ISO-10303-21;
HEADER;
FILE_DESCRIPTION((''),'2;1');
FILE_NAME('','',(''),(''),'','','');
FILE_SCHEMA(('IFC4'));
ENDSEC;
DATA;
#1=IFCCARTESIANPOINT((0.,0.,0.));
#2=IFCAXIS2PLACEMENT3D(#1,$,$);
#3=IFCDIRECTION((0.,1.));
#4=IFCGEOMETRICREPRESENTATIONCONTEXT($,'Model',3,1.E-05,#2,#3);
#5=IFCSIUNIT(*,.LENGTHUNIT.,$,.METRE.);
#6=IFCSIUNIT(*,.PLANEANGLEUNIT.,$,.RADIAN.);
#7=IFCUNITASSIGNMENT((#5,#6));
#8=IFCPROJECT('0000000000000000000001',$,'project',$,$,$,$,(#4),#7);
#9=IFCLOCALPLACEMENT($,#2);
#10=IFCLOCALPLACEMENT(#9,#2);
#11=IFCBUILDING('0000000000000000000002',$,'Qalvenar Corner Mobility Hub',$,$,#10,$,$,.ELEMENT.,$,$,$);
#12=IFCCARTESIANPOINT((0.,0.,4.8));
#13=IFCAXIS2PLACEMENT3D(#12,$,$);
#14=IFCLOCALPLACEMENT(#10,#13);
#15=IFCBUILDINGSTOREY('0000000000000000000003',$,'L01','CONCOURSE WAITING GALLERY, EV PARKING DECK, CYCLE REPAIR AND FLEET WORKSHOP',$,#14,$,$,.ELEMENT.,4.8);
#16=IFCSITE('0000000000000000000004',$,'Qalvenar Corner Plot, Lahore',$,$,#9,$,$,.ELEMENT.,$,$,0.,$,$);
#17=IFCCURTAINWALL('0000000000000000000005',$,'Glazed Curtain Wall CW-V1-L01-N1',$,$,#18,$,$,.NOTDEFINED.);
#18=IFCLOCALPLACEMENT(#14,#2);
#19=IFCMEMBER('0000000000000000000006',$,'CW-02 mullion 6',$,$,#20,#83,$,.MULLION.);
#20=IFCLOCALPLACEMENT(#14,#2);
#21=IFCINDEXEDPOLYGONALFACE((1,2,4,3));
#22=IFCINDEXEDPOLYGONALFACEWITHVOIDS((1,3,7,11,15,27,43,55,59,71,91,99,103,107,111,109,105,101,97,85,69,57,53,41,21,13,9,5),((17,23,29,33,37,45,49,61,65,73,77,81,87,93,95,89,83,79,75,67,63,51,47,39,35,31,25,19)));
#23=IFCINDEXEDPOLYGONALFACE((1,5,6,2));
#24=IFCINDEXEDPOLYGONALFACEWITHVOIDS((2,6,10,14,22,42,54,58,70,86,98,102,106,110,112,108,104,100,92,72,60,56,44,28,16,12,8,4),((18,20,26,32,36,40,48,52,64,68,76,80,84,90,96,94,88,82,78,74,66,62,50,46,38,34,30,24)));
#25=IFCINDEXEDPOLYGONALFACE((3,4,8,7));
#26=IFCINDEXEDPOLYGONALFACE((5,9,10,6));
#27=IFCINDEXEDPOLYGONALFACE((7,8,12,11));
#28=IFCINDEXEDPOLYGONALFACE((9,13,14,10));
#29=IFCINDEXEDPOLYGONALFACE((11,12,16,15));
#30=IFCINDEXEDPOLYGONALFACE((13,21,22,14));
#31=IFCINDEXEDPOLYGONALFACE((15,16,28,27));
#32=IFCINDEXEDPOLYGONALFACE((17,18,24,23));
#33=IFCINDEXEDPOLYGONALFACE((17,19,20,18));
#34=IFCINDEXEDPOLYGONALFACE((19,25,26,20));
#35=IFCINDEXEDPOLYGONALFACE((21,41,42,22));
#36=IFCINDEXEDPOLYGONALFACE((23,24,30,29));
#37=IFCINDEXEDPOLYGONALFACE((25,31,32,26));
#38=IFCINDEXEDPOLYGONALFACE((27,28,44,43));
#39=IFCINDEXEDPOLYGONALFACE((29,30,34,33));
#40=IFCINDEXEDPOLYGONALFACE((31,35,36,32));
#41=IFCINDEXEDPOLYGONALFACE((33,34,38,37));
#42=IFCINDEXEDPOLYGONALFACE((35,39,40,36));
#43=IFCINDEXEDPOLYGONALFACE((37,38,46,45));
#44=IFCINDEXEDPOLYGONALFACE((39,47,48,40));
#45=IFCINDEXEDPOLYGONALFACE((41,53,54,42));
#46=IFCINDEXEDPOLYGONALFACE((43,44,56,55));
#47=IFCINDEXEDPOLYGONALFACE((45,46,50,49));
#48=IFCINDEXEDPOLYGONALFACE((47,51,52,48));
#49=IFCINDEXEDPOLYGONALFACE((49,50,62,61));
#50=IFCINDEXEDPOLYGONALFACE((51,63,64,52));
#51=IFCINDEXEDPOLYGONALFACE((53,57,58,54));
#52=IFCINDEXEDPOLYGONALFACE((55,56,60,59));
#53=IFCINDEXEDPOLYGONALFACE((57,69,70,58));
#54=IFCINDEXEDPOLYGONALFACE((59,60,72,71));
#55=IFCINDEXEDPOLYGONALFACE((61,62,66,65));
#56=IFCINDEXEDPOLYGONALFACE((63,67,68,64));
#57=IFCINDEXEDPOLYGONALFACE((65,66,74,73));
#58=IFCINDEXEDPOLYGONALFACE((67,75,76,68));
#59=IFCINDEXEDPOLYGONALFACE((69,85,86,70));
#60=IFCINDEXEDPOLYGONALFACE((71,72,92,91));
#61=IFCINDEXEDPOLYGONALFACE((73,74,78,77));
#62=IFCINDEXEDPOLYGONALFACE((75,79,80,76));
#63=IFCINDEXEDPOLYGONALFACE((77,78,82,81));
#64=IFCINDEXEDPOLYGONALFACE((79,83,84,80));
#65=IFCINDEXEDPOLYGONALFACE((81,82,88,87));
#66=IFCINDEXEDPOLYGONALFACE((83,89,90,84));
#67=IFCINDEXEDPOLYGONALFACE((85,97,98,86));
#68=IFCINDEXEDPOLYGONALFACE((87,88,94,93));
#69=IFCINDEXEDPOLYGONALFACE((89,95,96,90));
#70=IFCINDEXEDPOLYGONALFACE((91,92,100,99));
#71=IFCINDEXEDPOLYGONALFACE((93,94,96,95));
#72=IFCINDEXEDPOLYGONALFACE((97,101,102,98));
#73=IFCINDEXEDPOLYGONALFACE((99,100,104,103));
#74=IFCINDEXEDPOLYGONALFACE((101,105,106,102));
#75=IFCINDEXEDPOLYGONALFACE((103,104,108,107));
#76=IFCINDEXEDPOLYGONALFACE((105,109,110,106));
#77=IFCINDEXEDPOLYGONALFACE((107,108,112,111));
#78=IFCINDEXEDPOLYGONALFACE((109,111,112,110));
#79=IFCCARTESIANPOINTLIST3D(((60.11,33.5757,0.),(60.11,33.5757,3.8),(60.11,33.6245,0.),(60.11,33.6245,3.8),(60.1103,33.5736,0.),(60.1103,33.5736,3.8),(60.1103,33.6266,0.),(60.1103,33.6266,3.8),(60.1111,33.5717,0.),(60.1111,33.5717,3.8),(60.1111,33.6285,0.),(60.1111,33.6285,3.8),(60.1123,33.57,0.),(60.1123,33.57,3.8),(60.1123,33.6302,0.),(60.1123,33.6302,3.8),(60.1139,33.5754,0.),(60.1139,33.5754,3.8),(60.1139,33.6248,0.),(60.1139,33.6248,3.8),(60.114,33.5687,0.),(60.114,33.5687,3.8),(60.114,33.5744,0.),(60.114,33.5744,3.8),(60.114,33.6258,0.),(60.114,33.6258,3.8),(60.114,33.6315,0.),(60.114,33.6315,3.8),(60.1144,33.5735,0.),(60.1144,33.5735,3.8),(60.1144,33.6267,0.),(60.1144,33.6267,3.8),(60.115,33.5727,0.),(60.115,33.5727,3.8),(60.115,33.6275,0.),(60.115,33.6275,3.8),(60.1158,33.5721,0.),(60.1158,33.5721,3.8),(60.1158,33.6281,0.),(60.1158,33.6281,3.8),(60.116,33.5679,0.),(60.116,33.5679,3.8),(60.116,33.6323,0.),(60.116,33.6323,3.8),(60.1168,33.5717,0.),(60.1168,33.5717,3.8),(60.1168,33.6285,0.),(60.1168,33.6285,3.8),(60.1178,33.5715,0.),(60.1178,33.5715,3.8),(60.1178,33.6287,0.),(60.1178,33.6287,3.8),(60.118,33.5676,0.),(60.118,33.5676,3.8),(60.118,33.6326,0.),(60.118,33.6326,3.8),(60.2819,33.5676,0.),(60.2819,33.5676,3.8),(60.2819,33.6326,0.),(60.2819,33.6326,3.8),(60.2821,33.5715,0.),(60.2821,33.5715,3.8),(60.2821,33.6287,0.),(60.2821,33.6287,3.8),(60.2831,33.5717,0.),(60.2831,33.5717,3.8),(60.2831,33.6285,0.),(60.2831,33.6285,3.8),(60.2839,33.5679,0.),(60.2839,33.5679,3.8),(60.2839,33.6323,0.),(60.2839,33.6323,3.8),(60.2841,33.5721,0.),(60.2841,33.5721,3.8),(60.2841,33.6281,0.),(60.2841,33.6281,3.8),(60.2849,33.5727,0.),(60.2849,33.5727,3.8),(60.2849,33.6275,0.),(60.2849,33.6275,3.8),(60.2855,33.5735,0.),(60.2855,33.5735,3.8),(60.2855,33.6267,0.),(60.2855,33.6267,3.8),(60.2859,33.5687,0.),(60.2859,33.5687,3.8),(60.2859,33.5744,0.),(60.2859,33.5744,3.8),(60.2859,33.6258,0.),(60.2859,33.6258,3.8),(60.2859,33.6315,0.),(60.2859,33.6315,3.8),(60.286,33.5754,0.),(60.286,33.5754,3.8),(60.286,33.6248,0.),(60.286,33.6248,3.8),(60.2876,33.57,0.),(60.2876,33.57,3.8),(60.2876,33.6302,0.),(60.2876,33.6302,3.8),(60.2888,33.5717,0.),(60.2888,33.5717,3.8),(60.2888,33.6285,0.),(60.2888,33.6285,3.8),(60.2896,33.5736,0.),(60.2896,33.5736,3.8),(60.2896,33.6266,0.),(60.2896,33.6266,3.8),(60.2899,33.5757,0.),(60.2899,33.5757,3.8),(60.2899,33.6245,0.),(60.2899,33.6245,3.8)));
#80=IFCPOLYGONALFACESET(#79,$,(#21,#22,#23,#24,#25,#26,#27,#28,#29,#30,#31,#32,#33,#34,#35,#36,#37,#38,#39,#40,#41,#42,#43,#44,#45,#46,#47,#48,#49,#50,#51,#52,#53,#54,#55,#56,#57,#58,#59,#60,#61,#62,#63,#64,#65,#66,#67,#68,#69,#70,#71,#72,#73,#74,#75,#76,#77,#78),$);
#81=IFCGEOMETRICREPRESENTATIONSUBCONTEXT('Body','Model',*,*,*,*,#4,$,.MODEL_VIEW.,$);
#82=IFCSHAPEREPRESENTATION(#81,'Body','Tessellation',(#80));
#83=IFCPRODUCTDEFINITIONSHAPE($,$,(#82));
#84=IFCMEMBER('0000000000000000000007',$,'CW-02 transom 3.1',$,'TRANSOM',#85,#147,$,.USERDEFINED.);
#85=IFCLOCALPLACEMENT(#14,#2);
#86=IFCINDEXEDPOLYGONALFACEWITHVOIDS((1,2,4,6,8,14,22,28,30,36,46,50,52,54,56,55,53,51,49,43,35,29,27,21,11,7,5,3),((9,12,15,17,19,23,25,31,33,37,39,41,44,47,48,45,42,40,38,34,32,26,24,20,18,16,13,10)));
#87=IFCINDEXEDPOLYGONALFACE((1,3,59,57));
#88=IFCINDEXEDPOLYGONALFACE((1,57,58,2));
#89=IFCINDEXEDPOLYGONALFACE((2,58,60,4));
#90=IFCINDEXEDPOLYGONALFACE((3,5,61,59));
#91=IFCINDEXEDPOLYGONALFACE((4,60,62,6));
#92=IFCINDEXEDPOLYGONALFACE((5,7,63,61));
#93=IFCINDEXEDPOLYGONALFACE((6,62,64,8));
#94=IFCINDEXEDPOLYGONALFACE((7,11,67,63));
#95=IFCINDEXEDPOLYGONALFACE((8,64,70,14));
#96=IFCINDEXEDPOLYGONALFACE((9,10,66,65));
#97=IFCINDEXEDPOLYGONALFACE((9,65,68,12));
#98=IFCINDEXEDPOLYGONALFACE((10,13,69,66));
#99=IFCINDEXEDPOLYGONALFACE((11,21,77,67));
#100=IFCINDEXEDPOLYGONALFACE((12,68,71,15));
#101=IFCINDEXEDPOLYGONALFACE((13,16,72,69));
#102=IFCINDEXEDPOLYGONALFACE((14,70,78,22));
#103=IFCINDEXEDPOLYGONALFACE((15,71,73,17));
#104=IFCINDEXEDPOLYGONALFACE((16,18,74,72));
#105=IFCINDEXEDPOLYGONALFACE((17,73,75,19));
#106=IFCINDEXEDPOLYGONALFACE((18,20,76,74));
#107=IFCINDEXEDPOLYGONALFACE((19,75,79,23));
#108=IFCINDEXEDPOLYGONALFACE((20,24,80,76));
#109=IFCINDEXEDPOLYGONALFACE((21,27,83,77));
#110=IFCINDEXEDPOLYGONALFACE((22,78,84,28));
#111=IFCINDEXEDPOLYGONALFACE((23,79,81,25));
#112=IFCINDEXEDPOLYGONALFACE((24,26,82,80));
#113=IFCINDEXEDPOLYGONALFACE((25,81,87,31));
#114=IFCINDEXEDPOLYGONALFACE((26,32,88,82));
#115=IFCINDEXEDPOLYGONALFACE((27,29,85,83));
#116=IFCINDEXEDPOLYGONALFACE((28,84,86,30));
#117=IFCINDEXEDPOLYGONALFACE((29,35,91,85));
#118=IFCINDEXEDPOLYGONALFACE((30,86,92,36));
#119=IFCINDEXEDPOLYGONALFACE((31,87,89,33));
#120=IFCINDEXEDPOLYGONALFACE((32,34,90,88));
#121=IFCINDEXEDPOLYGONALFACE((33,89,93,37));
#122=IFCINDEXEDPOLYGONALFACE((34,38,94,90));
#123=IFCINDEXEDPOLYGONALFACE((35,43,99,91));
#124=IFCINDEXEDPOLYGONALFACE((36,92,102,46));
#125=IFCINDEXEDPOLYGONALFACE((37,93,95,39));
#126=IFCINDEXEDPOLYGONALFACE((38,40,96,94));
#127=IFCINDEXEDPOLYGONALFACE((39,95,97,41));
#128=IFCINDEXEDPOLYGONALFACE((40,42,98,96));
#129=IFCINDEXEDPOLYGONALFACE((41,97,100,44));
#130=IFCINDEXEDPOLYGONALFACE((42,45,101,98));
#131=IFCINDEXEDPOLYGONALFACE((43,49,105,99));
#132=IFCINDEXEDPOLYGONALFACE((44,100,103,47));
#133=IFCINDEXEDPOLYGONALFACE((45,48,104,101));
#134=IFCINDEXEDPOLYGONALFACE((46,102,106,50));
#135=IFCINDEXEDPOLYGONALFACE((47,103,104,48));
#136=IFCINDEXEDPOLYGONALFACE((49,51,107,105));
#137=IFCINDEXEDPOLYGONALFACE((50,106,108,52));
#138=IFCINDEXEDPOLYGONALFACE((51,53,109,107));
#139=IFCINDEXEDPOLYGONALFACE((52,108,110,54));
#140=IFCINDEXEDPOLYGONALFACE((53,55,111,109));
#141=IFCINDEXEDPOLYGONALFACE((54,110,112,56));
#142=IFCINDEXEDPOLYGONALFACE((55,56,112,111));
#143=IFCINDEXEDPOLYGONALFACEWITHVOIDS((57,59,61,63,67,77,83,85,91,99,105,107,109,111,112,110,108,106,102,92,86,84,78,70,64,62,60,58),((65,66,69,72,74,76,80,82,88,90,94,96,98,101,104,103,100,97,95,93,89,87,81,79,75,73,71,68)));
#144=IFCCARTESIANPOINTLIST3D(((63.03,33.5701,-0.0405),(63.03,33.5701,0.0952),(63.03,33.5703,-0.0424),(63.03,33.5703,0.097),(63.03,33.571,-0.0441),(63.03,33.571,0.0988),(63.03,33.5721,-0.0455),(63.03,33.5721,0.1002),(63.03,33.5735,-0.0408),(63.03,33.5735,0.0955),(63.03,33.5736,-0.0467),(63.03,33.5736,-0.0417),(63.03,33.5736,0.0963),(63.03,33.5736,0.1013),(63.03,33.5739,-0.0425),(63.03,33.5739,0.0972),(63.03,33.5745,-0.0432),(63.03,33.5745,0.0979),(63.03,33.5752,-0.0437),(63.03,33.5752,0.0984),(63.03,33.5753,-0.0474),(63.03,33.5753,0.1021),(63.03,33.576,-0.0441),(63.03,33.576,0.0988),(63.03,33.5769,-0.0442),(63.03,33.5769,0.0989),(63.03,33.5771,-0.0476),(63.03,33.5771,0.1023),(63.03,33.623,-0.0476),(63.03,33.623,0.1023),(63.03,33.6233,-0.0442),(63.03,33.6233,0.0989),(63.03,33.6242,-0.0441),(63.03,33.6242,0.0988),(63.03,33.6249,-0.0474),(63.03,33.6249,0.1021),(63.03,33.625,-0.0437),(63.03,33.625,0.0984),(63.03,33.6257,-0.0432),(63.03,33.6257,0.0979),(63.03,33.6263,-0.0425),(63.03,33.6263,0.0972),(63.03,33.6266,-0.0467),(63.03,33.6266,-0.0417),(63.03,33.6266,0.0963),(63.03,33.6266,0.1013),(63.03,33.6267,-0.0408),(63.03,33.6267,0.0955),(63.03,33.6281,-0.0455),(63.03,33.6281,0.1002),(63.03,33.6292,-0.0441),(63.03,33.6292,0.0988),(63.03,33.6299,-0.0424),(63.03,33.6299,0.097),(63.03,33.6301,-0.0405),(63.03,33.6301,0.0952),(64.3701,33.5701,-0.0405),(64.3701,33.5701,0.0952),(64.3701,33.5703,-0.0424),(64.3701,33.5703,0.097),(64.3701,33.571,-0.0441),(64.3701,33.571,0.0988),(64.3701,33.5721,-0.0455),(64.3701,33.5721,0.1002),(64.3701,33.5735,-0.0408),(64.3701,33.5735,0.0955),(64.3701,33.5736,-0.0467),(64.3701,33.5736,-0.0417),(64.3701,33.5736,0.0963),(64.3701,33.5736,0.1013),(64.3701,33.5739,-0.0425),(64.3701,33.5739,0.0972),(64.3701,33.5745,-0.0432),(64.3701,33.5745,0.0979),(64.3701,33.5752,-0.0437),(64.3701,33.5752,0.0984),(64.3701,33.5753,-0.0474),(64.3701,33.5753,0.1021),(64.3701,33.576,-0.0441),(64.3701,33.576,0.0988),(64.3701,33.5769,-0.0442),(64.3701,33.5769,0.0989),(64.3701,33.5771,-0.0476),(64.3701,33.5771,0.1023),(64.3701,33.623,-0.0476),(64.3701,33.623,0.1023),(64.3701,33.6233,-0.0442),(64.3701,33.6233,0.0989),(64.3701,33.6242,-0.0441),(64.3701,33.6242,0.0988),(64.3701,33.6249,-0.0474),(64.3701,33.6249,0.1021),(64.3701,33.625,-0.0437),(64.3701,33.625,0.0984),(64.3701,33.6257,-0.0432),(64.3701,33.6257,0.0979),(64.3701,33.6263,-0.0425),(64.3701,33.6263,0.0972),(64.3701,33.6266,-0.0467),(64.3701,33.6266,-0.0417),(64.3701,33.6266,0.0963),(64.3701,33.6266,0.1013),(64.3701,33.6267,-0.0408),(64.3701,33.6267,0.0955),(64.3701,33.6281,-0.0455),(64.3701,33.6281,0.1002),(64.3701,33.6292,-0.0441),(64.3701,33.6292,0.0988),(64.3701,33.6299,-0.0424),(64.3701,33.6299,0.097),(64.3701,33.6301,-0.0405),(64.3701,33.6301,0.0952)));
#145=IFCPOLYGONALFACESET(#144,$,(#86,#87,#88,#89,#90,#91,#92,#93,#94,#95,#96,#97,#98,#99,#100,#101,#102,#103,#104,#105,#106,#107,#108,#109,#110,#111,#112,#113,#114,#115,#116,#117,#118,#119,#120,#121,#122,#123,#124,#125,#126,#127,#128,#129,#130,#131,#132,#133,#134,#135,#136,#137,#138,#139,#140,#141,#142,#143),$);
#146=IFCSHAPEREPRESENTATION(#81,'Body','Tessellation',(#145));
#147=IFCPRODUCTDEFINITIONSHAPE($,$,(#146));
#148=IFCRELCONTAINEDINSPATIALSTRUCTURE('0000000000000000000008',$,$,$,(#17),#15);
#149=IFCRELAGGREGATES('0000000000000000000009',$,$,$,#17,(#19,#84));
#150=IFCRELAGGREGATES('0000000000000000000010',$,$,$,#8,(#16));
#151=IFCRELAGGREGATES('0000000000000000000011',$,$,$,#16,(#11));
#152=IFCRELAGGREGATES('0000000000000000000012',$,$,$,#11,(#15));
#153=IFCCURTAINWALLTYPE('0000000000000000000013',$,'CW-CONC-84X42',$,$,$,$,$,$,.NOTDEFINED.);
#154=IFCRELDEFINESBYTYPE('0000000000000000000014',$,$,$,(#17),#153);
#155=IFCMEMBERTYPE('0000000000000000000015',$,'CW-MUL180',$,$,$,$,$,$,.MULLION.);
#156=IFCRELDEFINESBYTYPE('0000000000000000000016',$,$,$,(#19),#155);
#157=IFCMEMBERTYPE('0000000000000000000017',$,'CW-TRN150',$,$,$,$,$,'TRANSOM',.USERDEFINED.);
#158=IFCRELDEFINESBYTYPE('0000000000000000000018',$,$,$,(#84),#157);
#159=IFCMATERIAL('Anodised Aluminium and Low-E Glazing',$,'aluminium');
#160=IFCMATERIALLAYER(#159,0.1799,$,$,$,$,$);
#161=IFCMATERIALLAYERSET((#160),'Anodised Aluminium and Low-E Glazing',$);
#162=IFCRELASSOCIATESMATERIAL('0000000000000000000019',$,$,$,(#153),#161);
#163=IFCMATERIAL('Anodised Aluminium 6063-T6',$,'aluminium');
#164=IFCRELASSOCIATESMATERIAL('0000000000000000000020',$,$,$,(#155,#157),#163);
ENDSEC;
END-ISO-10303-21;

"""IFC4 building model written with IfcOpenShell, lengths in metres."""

from ifc_helpers import new_model, si_unit, direction, frame, origin, origin_2d, place, context, subcontext, project, spatial, hollow_rectangle, extrude, material, layer, layer_set, material_profile, profile_set, type_object, element, aggregate, save


model = new_model("IFC4")

# Units and contexts
model_context = context("Model", 3, precision=1e-05, world=origin(), true_north=direction((0.0, 1.0)))
body_context = subcontext(model_context, "Body", "Model", "MODEL_VIEW")
ifc_project = project(units=[si_unit("LENGTHUNIT", "METRE"), si_unit("PLANEANGLEUNIT", "RADIAN")], contexts=[model_context])

# Site, building, storey
site_placement = place(None, origin())
site = spatial("IfcSite", under=ifc_project, at=site_placement, Name="Qalvenar Corner Plot, Lahore", CompositionType="ELEMENT", RefElevation=0.0)
building_placement = place(site_placement, origin())
building = spatial("IfcBuilding", under=site, at=building_placement, Name="Qalvenar Corner Mobility Hub", CompositionType="ELEMENT")
storey_placement = place(building_placement, frame((0.0, 0.0, 4.8)))
storey = spatial("IfcBuildingStorey", under=building, at=storey_placement, Name="L01", Description="CONCOURSE WAITING GALLERY, EV PARKING DECK, CYCLE REPAIR AND FLEET WORKSHOP", CompositionType="ELEMENT", Elevation=4.8)

# Curtain wall, members
ifc_material_1 = material(Name="Anodised Aluminium and Low-E Glazing", Category="aluminium")
ifc_layer_1 = layer(ifc_material_1, 0.1799)
ifc_layer_set_1 = layer_set([ifc_layer_1], Name="Anodised Aluminium and Low-E Glazing")
curtain_wall_type = type_object("IfcCurtainWallType", Name="CW-CONC-84X42", PredefinedType="NOTDEFINED", material=ifc_layer_set_1)
curtain_wall_placement = place(storey_placement, origin())
curtain_wall = element("IfcCurtainWall", 1, at=curtain_wall_placement, inside=storey, type_object=curtain_wall_type, Name="Glazed Curtain Wall CW-V1-L01-N1", PredefinedType="NOTDEFINED")
ifc_material_2 = material(Name="Anodised Aluminium 6063-T6", Category="aluminium")
ifc_material_profile_1 = material_profile(ifc_material_2, hollow_rectangle(XDim=0.0649, YDim=0.1799, WallThickness=0.0039, InnerFilletRadius=0.0039, OuterFilletRadius=0.0081, at=origin_2d()), Name="RHS180x65x4")
ifc_profile_set_1 = profile_set([ifc_material_profile_1], Name="Anodised Aluminium 6063-T6")
member_type_1 = type_object("IfcMemberType", Name="CW-MUL180", PredefinedType="MULLION", material=ifc_profile_set_1)
member_1_placement = place(storey_placement, frame((60.2, 33.6001, 0.0), z_axis=(0.0, 0.0, 1.0), x_axis=(0.0, -1.0, 0.0)))
member_1 = element("IfcMember", 2, at=member_1_placement, type_object=member_type_1, Name="CW-02 mullion 6", PredefinedType="MULLION", context=body_context, shape_type="SweptSolid", body=[
    extrude(hollow_rectangle(XDim=0.0649, YDim=0.1799, WallThickness=0.0039, InnerFilletRadius=0.0039, OuterFilletRadius=0.0081, at=origin_2d()), origin(), (0.0, 0.0, 1.0), 3.8),
])
ifc_material_profile_2 = material_profile(ifc_material_2, hollow_rectangle(XDim=0.0601, YDim=0.1499, WallThickness=0.0034, InnerFilletRadius=0.0034, OuterFilletRadius=0.0071, at=origin_2d()), Name="RHS150x60x3.5")
ifc_profile_set_2 = profile_set([ifc_material_profile_2], Name="Anodised Aluminium 6063-T6")
member_type_2 = type_object("IfcMemberType", Name="CW-TRN150", ElementType="TRANSOM", PredefinedType="USERDEFINED", material=ifc_profile_set_2)
member_2_placement = place(storey_placement, frame((64.3701, 33.6001, 0.0273), z_axis=(-1.0, 0.0, 0.0), x_axis=(0.0, -1.0, 0.0)))
member_2 = element("IfcMember", 3, at=member_2_placement, type_object=member_type_2, Name="CW-02 transom 3.1", ObjectType="TRANSOM", PredefinedType="USERDEFINED", context=body_context, shape_type="SweptSolid", body=[
    extrude(hollow_rectangle(XDim=0.0601, YDim=0.1499, WallThickness=0.0034, InnerFilletRadius=0.0034, OuterFilletRadius=0.0071, at=origin_2d()), origin(), (0.0, 0.0, 1.0), 1.3401),
])
aggregate(curtain_wall, [member_1, member_2])

save(model, "model.ifc")
